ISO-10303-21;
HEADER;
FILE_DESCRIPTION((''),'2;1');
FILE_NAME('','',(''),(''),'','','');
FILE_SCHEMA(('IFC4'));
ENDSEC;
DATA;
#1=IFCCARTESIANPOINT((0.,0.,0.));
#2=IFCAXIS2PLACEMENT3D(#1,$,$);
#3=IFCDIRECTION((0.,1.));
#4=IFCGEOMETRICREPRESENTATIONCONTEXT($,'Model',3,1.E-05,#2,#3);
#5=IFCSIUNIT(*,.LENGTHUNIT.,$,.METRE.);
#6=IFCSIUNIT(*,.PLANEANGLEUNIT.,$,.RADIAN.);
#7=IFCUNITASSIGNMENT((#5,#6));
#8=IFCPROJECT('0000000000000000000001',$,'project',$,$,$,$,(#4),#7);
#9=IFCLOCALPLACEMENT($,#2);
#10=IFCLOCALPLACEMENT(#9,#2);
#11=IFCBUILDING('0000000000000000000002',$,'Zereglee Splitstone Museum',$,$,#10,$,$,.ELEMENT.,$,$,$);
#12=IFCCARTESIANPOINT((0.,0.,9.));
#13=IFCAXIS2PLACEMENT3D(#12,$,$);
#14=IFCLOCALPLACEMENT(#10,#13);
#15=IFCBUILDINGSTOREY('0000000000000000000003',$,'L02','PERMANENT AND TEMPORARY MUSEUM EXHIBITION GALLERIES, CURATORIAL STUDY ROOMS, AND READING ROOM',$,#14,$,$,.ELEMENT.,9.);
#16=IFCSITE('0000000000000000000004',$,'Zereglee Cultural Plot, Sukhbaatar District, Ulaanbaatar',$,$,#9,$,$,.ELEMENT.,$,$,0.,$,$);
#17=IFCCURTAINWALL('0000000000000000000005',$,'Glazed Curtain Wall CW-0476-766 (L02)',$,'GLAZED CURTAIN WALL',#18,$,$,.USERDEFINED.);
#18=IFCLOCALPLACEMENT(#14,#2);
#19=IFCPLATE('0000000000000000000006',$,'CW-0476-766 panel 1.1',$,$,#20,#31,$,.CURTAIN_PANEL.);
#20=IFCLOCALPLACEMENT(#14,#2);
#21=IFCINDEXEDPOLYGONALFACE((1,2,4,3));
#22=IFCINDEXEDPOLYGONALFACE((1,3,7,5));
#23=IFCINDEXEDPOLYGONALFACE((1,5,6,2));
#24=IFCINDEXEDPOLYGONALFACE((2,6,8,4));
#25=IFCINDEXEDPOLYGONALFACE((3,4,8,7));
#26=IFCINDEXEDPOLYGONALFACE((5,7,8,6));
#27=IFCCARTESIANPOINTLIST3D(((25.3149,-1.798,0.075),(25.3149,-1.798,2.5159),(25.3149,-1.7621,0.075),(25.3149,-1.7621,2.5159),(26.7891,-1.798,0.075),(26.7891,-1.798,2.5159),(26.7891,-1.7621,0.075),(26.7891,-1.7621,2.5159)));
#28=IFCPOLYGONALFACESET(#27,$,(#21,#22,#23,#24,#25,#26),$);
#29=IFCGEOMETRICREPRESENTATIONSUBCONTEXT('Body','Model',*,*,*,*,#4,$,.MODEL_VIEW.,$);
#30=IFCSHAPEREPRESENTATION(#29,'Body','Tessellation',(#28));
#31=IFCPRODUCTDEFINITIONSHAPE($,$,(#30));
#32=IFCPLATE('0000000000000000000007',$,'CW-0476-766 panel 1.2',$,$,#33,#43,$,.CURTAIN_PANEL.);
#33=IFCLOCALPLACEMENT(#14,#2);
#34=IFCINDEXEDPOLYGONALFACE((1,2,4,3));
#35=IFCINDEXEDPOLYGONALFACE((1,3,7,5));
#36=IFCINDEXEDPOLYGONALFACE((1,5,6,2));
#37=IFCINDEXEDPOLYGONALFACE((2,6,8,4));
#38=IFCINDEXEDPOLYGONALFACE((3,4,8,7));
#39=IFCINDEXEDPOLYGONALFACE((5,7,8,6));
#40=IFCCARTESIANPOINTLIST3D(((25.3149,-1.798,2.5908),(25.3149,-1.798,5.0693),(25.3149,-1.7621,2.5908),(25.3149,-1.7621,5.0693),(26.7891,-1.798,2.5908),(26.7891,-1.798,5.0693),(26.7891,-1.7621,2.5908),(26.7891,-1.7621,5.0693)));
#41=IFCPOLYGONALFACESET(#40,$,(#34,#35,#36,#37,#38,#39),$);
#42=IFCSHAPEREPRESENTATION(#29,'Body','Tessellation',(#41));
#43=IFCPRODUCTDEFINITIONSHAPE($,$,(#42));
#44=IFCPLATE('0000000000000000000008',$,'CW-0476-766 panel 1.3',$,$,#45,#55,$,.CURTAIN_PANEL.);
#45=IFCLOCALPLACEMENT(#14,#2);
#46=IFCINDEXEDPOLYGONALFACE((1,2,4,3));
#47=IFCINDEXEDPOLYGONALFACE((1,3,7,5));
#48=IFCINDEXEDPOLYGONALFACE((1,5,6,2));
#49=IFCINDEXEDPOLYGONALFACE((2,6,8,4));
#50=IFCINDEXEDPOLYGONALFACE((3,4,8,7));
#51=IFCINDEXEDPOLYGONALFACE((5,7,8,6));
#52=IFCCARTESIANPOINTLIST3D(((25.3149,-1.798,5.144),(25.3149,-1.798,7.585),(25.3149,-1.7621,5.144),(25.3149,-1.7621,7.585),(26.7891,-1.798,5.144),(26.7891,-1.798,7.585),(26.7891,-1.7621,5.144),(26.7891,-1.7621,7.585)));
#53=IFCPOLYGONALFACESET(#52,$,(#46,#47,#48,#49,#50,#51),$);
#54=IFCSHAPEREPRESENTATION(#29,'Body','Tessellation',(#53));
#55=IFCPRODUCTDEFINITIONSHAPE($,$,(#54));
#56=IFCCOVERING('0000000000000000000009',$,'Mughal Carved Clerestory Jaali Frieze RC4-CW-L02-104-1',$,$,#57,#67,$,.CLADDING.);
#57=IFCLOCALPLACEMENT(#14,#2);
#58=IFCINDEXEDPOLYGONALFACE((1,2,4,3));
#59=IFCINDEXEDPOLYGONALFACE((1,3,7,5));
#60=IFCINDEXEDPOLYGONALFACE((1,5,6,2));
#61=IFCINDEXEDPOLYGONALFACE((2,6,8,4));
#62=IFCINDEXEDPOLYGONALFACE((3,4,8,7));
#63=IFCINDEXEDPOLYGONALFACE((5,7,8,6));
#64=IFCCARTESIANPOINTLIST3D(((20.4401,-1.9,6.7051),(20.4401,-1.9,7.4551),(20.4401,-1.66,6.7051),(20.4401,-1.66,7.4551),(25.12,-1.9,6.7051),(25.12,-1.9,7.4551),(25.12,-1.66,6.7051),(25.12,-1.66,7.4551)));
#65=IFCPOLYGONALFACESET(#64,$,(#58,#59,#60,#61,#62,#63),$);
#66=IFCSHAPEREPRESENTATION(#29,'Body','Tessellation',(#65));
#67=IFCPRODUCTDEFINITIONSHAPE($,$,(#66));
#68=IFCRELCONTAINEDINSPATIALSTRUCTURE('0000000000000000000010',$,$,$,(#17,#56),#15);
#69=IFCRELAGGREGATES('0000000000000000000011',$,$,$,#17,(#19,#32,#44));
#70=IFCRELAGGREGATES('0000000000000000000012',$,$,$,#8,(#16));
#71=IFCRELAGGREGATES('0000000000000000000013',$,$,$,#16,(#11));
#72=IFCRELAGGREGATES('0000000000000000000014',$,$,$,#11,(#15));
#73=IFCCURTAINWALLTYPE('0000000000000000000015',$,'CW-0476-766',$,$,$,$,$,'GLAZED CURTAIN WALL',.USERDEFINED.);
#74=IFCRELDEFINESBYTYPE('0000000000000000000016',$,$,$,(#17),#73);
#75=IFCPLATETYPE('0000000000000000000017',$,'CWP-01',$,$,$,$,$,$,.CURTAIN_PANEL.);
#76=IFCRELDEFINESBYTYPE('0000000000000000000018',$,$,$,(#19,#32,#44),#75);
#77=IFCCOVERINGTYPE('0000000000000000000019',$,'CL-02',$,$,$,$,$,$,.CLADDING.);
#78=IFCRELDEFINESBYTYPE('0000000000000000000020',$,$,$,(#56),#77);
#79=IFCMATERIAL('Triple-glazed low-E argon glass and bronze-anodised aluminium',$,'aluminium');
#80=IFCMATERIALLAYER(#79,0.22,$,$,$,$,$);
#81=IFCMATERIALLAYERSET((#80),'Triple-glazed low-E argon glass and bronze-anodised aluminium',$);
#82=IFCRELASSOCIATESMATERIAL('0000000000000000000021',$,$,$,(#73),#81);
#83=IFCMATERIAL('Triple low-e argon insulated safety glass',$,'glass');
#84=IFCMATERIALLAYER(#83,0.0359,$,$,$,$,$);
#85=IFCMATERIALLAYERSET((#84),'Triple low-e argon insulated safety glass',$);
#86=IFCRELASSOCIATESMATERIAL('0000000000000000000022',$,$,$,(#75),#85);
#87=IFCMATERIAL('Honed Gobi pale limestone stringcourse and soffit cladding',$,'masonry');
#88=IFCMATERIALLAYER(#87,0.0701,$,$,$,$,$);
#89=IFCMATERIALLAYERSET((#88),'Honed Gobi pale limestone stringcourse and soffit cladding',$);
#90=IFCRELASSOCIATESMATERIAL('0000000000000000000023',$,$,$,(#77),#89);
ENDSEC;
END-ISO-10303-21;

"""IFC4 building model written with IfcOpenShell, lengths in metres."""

from ifc_helpers import new_model, si_unit, direction, frame, origin, origin_2d, place, context, subcontext, project, spatial, rectangle, extrude, material, layer, layer_set, type_object, element, aggregate, save


model = new_model("IFC4")

# Units and contexts
model_context = context("Model", 3, precision=1e-05, world=origin(), true_north=direction((0.0, 1.0)))
body_context = subcontext(model_context, "Body", "Model", "MODEL_VIEW")
ifc_project = project(units=[si_unit("LENGTHUNIT", "METRE"), si_unit("PLANEANGLEUNIT", "RADIAN")], contexts=[model_context])

# Site, building, storey
site_placement = place(None, origin())
site = spatial("IfcSite", under=ifc_project, at=site_placement, Name="Zereglee Cultural Plot, Sukhbaatar District, Ulaanbaatar", CompositionType="ELEMENT", RefElevation=0.0)
building_placement = place(site_placement, origin())
building = spatial("IfcBuilding", under=site, at=building_placement, Name="Zereglee Splitstone Museum", CompositionType="ELEMENT")
storey_placement = place(building_placement, frame((0.0, 0.0, 9.0)))
storey = spatial("IfcBuildingStorey", under=building, at=storey_placement, Name="L02", Description="PERMANENT AND TEMPORARY MUSEUM EXHIBITION GALLERIES, CURATORIAL STUDY ROOMS, AND READING ROOM", CompositionType="ELEMENT", Elevation=9.0)

# Curtain wall
ifc_material_1 = material(Name="Triple-glazed low-E argon glass and bronze-anodised aluminium", Category="aluminium")
ifc_layer_1 = layer(ifc_material_1, 0.22)
ifc_layer_set_1 = layer_set([ifc_layer_1], Name="Triple-glazed low-E argon glass and bronze-anodised aluminium")
curtain_wall_type_1 = type_object("IfcCurtainWallType", Name="CW-0476-766", ElementType="GLAZED CURTAIN WALL", PredefinedType="USERDEFINED", material=ifc_layer_set_1)
curtain_wall_1_placement = place(storey_placement, origin())
curtain_wall_1 = element("IfcCurtainWall", 1, at=curtain_wall_1_placement, inside=storey, type_object=curtain_wall_type_1, Name="Glazed Curtain Wall CW-0476-766 (L02)", ObjectType="GLAZED CURTAIN WALL", PredefinedType="USERDEFINED")

# Plates
ifc_material_2 = material(Name="Triple low-e argon insulated safety glass", Category="glass")
ifc_layer_2 = layer(ifc_material_2, 0.0359)
ifc_layer_set_2 = layer_set([ifc_layer_2], Name="Triple low-e argon insulated safety glass")
plate_type = type_object("IfcPlateType", Name="CWP-01", PredefinedType="CURTAIN_PANEL", material=ifc_layer_set_2)
plate_1_placement = place(storey_placement, frame((26.052, -1.78, 0.075), z_axis=(0.0, 0.0, 1.0), x_axis=(1.0, 0.0, 0.0)))
plate_1 = element("IfcPlate", 2, at=plate_1_placement, type_object=plate_type, Name="CW-0476-766 panel 1.1", PredefinedType="CURTAIN_PANEL", context=body_context, shape_type="SweptSolid", body=[
    extrude(rectangle(XDim=1.4741, YDim=0.0359, at=origin_2d()), origin(), (0.0, 0.0, 1.0), 2.4409),
])
plate_2_placement = place(storey_placement, frame((26.052, -1.78, 2.5908), z_axis=(0.0, 0.0, 1.0), x_axis=(1.0, 0.0, 0.0)))
plate_2 = element("IfcPlate", 3, at=plate_2_placement, type_object=plate_type, Name="CW-0476-766 panel 1.2", PredefinedType="CURTAIN_PANEL", context=body_context, shape_type="SweptSolid", body=[
    extrude(rectangle(XDim=1.4741, YDim=0.0359, at=origin_2d()), origin(), (0.0, 0.0, 1.0), 2.4785),
])
plate_3_placement = place(storey_placement, frame((26.052, -1.78, 5.144), z_axis=(0.0, 0.0, 1.0), x_axis=(1.0, 0.0, 0.0)))
plate_3 = element("IfcPlate", 4, at=plate_3_placement, type_object=plate_type, Name="CW-0476-766 panel 1.3", PredefinedType="CURTAIN_PANEL", context=body_context, shape_type="SweptSolid", body=[
    extrude(rectangle(XDim=1.4741, YDim=0.0359, at=origin_2d()), origin(), (0.0, 0.0, 1.0), 2.4409),
])
aggregate(curtain_wall_1, [plate_1, plate_2, plate_3])

# Covering
ifc_material_3 = material(Name="Honed Gobi pale limestone stringcourse and soffit cladding", Category="masonry")
ifc_layer_3 = layer(ifc_material_3, 0.0701)
ifc_layer_set_3 = layer_set([ifc_layer_3], Name="Honed Gobi pale limestone stringcourse and soffit cladding")
covering_type = type_object("IfcCoveringType", Name="CL-02", PredefinedType="CLADDING", material=ifc_layer_set_3)
covering_placement = place(storey_placement, frame((22.78, -1.78, 6.7051), z_axis=(0.0, 0.0, 1.0), x_axis=(1.0, 0.0, 0.0)))
element("IfcCovering", 5, at=covering_placement, inside=storey, type_object=covering_type, Name="Mughal Carved Clerestory Jaali Frieze RC4-CW-L02-104-1", PredefinedType="CLADDING", context=body_context, shape_type="SweptSolid", body=[
    extrude(rectangle(XDim=4.6799, YDim=0.24, at=origin_2d()), origin(), (0.0, 0.0, 1.0), 0.75),
])

save(model, "model.ifc")
